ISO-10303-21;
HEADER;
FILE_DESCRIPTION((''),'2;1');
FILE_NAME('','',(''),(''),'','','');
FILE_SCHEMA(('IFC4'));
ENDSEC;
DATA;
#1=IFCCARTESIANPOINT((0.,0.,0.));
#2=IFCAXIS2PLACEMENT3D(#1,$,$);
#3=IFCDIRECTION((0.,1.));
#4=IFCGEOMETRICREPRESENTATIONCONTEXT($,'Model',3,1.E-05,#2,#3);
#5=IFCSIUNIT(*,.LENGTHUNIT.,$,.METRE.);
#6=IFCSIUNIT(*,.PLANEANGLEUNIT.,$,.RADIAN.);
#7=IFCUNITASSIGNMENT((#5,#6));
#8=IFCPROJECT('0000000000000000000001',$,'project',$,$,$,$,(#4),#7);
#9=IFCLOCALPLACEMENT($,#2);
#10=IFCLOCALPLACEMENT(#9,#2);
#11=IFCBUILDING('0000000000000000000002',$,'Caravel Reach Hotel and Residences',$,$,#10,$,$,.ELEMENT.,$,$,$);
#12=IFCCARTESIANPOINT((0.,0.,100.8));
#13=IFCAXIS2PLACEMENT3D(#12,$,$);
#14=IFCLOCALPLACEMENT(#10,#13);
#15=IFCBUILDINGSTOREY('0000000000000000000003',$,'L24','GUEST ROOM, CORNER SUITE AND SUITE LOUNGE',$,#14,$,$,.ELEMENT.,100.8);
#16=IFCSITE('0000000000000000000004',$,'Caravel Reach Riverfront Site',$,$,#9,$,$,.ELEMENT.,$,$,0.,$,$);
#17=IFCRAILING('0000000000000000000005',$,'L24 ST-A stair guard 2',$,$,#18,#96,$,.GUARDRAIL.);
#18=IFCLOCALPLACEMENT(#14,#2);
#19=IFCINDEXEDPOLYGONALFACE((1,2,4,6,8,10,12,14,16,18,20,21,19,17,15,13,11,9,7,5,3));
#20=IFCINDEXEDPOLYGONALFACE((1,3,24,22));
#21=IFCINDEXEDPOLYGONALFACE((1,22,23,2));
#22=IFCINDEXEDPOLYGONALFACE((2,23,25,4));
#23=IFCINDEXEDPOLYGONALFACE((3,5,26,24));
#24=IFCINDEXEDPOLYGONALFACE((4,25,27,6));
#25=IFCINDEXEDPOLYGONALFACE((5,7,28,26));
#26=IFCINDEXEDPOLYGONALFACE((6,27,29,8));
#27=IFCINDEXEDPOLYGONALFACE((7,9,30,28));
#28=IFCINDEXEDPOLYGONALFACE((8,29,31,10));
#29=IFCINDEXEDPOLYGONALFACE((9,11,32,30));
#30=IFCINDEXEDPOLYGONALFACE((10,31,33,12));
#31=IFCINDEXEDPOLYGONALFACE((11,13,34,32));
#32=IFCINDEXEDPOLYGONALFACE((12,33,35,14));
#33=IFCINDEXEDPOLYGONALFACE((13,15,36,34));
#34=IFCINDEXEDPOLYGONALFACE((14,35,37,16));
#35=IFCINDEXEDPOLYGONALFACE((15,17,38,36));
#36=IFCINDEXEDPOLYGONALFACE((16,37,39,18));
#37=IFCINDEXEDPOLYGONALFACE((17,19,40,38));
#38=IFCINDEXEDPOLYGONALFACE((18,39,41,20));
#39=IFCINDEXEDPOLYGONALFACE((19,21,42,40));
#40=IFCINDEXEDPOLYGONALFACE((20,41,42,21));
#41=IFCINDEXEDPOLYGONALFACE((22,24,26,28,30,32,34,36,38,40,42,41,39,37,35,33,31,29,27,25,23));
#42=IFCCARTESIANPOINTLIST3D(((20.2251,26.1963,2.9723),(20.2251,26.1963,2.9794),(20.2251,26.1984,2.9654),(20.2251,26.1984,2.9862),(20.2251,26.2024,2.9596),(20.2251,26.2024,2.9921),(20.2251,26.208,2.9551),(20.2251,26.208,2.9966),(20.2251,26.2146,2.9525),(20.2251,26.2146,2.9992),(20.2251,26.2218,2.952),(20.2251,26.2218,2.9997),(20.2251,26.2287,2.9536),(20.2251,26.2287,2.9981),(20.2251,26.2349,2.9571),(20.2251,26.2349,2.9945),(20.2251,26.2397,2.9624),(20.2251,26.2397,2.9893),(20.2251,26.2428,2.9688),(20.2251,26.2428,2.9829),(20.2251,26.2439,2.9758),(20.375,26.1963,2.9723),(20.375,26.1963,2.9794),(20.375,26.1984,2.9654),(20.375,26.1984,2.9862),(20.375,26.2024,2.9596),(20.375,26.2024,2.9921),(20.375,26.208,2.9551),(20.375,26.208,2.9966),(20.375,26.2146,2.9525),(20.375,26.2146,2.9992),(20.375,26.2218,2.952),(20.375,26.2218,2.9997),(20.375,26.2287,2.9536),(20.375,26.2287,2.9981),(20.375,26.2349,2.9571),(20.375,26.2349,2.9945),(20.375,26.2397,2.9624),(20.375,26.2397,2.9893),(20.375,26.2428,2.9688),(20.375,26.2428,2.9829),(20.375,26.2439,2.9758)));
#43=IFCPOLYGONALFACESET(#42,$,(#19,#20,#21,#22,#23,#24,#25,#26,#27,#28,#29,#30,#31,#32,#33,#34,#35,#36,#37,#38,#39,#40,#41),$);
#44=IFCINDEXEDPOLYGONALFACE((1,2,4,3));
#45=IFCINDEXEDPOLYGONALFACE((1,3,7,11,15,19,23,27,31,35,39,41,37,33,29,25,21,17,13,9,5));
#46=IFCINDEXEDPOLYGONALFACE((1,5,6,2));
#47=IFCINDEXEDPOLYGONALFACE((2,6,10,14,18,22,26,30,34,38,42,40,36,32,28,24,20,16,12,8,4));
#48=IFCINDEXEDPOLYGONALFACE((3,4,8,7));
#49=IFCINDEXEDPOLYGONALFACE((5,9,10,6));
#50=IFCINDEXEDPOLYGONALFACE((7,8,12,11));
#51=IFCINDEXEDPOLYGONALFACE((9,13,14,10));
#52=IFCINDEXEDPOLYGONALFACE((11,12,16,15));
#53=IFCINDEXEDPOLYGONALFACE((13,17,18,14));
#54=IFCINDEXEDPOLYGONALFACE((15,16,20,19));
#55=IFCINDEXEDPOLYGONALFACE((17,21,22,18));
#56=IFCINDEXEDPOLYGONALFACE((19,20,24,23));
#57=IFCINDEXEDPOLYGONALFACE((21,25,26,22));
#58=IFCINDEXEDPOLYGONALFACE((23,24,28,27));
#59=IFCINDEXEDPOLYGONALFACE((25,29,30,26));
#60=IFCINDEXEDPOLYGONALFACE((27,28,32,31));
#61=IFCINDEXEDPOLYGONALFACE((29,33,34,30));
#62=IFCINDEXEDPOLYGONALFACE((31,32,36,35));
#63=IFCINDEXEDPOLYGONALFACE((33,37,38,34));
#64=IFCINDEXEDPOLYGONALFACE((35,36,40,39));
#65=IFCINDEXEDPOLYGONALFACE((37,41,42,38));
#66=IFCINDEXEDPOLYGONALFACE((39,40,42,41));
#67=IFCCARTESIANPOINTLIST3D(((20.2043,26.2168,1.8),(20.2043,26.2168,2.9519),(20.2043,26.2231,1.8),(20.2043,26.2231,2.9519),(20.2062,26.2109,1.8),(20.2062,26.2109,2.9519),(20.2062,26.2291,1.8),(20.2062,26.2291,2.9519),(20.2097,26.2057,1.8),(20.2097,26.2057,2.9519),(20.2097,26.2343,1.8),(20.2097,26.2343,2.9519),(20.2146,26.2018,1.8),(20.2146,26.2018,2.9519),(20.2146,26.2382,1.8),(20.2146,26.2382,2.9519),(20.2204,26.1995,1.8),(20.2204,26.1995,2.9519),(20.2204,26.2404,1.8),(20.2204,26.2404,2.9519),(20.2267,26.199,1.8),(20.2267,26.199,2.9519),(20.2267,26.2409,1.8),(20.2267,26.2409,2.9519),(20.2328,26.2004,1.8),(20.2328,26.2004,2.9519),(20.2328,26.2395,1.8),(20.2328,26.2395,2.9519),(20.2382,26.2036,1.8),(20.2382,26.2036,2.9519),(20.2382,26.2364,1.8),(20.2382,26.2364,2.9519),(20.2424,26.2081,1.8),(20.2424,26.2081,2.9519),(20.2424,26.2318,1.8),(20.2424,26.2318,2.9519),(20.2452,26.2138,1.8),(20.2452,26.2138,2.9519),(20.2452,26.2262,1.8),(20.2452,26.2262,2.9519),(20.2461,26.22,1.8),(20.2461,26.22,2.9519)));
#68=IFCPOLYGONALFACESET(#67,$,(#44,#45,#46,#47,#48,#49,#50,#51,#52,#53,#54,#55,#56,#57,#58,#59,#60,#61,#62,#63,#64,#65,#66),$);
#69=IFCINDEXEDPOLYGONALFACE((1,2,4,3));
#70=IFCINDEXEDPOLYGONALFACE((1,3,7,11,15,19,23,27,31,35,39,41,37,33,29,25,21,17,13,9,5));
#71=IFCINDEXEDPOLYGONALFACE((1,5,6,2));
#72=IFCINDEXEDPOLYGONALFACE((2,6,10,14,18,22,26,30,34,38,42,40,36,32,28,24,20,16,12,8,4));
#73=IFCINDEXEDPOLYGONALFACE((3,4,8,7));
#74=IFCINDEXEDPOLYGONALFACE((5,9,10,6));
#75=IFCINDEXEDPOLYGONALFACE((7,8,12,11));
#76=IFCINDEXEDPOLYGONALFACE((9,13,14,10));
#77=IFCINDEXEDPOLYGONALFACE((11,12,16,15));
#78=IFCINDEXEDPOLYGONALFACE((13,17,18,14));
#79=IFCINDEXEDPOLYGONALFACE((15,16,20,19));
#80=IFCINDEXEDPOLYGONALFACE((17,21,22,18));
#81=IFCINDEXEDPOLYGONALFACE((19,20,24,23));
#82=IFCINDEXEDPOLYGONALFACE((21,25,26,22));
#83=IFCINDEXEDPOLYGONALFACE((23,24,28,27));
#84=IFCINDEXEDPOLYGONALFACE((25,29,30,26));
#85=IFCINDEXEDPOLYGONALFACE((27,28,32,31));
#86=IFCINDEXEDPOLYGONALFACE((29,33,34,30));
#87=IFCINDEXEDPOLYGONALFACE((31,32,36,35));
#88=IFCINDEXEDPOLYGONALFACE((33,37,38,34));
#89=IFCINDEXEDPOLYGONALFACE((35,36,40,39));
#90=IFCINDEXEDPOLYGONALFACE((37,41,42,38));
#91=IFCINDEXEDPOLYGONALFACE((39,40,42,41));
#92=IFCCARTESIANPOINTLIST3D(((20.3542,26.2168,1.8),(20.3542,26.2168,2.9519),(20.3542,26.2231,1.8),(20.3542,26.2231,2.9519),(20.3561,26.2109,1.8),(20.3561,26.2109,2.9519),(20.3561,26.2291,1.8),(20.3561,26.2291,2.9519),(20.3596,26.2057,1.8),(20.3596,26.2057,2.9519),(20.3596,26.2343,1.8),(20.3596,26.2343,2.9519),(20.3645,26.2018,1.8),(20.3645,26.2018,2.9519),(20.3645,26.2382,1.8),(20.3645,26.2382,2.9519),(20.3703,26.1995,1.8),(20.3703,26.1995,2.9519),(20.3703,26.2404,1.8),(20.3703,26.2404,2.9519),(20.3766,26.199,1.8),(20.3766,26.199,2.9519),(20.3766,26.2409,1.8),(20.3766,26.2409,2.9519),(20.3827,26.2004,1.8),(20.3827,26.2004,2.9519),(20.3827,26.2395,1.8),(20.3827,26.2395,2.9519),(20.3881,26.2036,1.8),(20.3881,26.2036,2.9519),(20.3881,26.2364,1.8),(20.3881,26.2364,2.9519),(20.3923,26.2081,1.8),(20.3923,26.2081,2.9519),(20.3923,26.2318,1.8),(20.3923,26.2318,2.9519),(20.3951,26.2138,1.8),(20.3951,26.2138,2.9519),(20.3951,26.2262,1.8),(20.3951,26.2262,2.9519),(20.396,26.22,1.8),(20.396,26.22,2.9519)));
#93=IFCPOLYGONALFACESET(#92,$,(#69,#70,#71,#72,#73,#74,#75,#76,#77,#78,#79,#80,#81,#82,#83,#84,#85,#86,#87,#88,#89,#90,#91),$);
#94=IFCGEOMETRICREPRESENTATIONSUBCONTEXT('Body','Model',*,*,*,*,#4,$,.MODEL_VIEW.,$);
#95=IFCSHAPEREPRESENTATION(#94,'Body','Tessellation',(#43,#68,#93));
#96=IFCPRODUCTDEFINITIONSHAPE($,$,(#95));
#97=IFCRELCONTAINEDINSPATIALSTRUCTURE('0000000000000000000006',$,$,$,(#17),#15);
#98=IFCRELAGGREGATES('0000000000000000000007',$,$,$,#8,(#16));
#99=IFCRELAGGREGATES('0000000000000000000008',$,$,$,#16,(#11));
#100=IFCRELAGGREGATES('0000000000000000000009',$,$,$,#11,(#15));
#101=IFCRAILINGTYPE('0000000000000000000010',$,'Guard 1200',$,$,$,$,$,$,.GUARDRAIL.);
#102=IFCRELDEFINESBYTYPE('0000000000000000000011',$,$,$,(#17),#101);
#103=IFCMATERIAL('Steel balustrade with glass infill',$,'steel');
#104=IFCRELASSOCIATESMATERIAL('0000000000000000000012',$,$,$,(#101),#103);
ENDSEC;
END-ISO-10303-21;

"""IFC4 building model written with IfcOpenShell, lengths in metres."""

from ifc_helpers import new_model, si_unit, direction, frame, origin, origin_2d, place, context, subcontext, project, spatial, circle, extrude, material, type_object, element, save


model = new_model("IFC4")

# Units and contexts
model_context = context("Model", 3, precision=1e-05, world=origin(), true_north=direction((0.0, 1.0)))
body_context = subcontext(model_context, "Body", "Model", "MODEL_VIEW")
ifc_project = project(units=[si_unit("LENGTHUNIT", "METRE"), si_unit("PLANEANGLEUNIT", "RADIAN")], contexts=[model_context])

# Site, building, storey
site_placement = place(None, origin())
site = spatial("IfcSite", under=ifc_project, at=site_placement, Name="Caravel Reach Riverfront Site", CompositionType="ELEMENT", RefElevation=0.0)
building_placement = place(site_placement, origin())
building = spatial("IfcBuilding", under=site, at=building_placement, Name="Caravel Reach Hotel and Residences", CompositionType="ELEMENT")
storey_placement = place(building_placement, frame((0.0, 0.0, 100.8)))
storey = spatial("IfcBuildingStorey", under=building, at=storey_placement, Name="L24", Description="GUEST ROOM, CORNER SUITE AND SUITE LOUNGE", CompositionType="ELEMENT", Elevation=100.8)

# Railing
ifc_material_1 = material(Name="Steel balustrade with glass infill", Category="steel")
railing_type_1 = type_object("IfcRailingType", Name="Guard 1200", PredefinedType="GUARDRAIL", material=ifc_material_1)
railing_1_placement = place(storey_placement, frame((20.2251, 26.22, 1.8)))
element("IfcRailing", 1, at=railing_1_placement, inside=storey, type_object=railing_type_1, Name="L24 ST-A stair guard 2", PredefinedType="GUARDRAIL", context=body_context, shape_type="SweptSolid", body=[
    extrude(circle(Radius=0.0239, at=origin_2d()), frame((0.0, 0.0, 1.1758), z_axis=(1.0, 0.0, 0.0), x_axis=(0.0, 1.0, 0.0)), (0.0, 0.0, 1.0), 0.1499),
    extrude(circle(Radius=0.021, at=origin_2d()), origin(), (0.0, 0.0, 1.0), 1.1519),
    extrude(circle(Radius=0.021, at=origin_2d()), frame((0.1499, 0.0, 0.0)), (0.0, 0.0, 1.0), 1.1519),
])

save(model, "model.ifc")
